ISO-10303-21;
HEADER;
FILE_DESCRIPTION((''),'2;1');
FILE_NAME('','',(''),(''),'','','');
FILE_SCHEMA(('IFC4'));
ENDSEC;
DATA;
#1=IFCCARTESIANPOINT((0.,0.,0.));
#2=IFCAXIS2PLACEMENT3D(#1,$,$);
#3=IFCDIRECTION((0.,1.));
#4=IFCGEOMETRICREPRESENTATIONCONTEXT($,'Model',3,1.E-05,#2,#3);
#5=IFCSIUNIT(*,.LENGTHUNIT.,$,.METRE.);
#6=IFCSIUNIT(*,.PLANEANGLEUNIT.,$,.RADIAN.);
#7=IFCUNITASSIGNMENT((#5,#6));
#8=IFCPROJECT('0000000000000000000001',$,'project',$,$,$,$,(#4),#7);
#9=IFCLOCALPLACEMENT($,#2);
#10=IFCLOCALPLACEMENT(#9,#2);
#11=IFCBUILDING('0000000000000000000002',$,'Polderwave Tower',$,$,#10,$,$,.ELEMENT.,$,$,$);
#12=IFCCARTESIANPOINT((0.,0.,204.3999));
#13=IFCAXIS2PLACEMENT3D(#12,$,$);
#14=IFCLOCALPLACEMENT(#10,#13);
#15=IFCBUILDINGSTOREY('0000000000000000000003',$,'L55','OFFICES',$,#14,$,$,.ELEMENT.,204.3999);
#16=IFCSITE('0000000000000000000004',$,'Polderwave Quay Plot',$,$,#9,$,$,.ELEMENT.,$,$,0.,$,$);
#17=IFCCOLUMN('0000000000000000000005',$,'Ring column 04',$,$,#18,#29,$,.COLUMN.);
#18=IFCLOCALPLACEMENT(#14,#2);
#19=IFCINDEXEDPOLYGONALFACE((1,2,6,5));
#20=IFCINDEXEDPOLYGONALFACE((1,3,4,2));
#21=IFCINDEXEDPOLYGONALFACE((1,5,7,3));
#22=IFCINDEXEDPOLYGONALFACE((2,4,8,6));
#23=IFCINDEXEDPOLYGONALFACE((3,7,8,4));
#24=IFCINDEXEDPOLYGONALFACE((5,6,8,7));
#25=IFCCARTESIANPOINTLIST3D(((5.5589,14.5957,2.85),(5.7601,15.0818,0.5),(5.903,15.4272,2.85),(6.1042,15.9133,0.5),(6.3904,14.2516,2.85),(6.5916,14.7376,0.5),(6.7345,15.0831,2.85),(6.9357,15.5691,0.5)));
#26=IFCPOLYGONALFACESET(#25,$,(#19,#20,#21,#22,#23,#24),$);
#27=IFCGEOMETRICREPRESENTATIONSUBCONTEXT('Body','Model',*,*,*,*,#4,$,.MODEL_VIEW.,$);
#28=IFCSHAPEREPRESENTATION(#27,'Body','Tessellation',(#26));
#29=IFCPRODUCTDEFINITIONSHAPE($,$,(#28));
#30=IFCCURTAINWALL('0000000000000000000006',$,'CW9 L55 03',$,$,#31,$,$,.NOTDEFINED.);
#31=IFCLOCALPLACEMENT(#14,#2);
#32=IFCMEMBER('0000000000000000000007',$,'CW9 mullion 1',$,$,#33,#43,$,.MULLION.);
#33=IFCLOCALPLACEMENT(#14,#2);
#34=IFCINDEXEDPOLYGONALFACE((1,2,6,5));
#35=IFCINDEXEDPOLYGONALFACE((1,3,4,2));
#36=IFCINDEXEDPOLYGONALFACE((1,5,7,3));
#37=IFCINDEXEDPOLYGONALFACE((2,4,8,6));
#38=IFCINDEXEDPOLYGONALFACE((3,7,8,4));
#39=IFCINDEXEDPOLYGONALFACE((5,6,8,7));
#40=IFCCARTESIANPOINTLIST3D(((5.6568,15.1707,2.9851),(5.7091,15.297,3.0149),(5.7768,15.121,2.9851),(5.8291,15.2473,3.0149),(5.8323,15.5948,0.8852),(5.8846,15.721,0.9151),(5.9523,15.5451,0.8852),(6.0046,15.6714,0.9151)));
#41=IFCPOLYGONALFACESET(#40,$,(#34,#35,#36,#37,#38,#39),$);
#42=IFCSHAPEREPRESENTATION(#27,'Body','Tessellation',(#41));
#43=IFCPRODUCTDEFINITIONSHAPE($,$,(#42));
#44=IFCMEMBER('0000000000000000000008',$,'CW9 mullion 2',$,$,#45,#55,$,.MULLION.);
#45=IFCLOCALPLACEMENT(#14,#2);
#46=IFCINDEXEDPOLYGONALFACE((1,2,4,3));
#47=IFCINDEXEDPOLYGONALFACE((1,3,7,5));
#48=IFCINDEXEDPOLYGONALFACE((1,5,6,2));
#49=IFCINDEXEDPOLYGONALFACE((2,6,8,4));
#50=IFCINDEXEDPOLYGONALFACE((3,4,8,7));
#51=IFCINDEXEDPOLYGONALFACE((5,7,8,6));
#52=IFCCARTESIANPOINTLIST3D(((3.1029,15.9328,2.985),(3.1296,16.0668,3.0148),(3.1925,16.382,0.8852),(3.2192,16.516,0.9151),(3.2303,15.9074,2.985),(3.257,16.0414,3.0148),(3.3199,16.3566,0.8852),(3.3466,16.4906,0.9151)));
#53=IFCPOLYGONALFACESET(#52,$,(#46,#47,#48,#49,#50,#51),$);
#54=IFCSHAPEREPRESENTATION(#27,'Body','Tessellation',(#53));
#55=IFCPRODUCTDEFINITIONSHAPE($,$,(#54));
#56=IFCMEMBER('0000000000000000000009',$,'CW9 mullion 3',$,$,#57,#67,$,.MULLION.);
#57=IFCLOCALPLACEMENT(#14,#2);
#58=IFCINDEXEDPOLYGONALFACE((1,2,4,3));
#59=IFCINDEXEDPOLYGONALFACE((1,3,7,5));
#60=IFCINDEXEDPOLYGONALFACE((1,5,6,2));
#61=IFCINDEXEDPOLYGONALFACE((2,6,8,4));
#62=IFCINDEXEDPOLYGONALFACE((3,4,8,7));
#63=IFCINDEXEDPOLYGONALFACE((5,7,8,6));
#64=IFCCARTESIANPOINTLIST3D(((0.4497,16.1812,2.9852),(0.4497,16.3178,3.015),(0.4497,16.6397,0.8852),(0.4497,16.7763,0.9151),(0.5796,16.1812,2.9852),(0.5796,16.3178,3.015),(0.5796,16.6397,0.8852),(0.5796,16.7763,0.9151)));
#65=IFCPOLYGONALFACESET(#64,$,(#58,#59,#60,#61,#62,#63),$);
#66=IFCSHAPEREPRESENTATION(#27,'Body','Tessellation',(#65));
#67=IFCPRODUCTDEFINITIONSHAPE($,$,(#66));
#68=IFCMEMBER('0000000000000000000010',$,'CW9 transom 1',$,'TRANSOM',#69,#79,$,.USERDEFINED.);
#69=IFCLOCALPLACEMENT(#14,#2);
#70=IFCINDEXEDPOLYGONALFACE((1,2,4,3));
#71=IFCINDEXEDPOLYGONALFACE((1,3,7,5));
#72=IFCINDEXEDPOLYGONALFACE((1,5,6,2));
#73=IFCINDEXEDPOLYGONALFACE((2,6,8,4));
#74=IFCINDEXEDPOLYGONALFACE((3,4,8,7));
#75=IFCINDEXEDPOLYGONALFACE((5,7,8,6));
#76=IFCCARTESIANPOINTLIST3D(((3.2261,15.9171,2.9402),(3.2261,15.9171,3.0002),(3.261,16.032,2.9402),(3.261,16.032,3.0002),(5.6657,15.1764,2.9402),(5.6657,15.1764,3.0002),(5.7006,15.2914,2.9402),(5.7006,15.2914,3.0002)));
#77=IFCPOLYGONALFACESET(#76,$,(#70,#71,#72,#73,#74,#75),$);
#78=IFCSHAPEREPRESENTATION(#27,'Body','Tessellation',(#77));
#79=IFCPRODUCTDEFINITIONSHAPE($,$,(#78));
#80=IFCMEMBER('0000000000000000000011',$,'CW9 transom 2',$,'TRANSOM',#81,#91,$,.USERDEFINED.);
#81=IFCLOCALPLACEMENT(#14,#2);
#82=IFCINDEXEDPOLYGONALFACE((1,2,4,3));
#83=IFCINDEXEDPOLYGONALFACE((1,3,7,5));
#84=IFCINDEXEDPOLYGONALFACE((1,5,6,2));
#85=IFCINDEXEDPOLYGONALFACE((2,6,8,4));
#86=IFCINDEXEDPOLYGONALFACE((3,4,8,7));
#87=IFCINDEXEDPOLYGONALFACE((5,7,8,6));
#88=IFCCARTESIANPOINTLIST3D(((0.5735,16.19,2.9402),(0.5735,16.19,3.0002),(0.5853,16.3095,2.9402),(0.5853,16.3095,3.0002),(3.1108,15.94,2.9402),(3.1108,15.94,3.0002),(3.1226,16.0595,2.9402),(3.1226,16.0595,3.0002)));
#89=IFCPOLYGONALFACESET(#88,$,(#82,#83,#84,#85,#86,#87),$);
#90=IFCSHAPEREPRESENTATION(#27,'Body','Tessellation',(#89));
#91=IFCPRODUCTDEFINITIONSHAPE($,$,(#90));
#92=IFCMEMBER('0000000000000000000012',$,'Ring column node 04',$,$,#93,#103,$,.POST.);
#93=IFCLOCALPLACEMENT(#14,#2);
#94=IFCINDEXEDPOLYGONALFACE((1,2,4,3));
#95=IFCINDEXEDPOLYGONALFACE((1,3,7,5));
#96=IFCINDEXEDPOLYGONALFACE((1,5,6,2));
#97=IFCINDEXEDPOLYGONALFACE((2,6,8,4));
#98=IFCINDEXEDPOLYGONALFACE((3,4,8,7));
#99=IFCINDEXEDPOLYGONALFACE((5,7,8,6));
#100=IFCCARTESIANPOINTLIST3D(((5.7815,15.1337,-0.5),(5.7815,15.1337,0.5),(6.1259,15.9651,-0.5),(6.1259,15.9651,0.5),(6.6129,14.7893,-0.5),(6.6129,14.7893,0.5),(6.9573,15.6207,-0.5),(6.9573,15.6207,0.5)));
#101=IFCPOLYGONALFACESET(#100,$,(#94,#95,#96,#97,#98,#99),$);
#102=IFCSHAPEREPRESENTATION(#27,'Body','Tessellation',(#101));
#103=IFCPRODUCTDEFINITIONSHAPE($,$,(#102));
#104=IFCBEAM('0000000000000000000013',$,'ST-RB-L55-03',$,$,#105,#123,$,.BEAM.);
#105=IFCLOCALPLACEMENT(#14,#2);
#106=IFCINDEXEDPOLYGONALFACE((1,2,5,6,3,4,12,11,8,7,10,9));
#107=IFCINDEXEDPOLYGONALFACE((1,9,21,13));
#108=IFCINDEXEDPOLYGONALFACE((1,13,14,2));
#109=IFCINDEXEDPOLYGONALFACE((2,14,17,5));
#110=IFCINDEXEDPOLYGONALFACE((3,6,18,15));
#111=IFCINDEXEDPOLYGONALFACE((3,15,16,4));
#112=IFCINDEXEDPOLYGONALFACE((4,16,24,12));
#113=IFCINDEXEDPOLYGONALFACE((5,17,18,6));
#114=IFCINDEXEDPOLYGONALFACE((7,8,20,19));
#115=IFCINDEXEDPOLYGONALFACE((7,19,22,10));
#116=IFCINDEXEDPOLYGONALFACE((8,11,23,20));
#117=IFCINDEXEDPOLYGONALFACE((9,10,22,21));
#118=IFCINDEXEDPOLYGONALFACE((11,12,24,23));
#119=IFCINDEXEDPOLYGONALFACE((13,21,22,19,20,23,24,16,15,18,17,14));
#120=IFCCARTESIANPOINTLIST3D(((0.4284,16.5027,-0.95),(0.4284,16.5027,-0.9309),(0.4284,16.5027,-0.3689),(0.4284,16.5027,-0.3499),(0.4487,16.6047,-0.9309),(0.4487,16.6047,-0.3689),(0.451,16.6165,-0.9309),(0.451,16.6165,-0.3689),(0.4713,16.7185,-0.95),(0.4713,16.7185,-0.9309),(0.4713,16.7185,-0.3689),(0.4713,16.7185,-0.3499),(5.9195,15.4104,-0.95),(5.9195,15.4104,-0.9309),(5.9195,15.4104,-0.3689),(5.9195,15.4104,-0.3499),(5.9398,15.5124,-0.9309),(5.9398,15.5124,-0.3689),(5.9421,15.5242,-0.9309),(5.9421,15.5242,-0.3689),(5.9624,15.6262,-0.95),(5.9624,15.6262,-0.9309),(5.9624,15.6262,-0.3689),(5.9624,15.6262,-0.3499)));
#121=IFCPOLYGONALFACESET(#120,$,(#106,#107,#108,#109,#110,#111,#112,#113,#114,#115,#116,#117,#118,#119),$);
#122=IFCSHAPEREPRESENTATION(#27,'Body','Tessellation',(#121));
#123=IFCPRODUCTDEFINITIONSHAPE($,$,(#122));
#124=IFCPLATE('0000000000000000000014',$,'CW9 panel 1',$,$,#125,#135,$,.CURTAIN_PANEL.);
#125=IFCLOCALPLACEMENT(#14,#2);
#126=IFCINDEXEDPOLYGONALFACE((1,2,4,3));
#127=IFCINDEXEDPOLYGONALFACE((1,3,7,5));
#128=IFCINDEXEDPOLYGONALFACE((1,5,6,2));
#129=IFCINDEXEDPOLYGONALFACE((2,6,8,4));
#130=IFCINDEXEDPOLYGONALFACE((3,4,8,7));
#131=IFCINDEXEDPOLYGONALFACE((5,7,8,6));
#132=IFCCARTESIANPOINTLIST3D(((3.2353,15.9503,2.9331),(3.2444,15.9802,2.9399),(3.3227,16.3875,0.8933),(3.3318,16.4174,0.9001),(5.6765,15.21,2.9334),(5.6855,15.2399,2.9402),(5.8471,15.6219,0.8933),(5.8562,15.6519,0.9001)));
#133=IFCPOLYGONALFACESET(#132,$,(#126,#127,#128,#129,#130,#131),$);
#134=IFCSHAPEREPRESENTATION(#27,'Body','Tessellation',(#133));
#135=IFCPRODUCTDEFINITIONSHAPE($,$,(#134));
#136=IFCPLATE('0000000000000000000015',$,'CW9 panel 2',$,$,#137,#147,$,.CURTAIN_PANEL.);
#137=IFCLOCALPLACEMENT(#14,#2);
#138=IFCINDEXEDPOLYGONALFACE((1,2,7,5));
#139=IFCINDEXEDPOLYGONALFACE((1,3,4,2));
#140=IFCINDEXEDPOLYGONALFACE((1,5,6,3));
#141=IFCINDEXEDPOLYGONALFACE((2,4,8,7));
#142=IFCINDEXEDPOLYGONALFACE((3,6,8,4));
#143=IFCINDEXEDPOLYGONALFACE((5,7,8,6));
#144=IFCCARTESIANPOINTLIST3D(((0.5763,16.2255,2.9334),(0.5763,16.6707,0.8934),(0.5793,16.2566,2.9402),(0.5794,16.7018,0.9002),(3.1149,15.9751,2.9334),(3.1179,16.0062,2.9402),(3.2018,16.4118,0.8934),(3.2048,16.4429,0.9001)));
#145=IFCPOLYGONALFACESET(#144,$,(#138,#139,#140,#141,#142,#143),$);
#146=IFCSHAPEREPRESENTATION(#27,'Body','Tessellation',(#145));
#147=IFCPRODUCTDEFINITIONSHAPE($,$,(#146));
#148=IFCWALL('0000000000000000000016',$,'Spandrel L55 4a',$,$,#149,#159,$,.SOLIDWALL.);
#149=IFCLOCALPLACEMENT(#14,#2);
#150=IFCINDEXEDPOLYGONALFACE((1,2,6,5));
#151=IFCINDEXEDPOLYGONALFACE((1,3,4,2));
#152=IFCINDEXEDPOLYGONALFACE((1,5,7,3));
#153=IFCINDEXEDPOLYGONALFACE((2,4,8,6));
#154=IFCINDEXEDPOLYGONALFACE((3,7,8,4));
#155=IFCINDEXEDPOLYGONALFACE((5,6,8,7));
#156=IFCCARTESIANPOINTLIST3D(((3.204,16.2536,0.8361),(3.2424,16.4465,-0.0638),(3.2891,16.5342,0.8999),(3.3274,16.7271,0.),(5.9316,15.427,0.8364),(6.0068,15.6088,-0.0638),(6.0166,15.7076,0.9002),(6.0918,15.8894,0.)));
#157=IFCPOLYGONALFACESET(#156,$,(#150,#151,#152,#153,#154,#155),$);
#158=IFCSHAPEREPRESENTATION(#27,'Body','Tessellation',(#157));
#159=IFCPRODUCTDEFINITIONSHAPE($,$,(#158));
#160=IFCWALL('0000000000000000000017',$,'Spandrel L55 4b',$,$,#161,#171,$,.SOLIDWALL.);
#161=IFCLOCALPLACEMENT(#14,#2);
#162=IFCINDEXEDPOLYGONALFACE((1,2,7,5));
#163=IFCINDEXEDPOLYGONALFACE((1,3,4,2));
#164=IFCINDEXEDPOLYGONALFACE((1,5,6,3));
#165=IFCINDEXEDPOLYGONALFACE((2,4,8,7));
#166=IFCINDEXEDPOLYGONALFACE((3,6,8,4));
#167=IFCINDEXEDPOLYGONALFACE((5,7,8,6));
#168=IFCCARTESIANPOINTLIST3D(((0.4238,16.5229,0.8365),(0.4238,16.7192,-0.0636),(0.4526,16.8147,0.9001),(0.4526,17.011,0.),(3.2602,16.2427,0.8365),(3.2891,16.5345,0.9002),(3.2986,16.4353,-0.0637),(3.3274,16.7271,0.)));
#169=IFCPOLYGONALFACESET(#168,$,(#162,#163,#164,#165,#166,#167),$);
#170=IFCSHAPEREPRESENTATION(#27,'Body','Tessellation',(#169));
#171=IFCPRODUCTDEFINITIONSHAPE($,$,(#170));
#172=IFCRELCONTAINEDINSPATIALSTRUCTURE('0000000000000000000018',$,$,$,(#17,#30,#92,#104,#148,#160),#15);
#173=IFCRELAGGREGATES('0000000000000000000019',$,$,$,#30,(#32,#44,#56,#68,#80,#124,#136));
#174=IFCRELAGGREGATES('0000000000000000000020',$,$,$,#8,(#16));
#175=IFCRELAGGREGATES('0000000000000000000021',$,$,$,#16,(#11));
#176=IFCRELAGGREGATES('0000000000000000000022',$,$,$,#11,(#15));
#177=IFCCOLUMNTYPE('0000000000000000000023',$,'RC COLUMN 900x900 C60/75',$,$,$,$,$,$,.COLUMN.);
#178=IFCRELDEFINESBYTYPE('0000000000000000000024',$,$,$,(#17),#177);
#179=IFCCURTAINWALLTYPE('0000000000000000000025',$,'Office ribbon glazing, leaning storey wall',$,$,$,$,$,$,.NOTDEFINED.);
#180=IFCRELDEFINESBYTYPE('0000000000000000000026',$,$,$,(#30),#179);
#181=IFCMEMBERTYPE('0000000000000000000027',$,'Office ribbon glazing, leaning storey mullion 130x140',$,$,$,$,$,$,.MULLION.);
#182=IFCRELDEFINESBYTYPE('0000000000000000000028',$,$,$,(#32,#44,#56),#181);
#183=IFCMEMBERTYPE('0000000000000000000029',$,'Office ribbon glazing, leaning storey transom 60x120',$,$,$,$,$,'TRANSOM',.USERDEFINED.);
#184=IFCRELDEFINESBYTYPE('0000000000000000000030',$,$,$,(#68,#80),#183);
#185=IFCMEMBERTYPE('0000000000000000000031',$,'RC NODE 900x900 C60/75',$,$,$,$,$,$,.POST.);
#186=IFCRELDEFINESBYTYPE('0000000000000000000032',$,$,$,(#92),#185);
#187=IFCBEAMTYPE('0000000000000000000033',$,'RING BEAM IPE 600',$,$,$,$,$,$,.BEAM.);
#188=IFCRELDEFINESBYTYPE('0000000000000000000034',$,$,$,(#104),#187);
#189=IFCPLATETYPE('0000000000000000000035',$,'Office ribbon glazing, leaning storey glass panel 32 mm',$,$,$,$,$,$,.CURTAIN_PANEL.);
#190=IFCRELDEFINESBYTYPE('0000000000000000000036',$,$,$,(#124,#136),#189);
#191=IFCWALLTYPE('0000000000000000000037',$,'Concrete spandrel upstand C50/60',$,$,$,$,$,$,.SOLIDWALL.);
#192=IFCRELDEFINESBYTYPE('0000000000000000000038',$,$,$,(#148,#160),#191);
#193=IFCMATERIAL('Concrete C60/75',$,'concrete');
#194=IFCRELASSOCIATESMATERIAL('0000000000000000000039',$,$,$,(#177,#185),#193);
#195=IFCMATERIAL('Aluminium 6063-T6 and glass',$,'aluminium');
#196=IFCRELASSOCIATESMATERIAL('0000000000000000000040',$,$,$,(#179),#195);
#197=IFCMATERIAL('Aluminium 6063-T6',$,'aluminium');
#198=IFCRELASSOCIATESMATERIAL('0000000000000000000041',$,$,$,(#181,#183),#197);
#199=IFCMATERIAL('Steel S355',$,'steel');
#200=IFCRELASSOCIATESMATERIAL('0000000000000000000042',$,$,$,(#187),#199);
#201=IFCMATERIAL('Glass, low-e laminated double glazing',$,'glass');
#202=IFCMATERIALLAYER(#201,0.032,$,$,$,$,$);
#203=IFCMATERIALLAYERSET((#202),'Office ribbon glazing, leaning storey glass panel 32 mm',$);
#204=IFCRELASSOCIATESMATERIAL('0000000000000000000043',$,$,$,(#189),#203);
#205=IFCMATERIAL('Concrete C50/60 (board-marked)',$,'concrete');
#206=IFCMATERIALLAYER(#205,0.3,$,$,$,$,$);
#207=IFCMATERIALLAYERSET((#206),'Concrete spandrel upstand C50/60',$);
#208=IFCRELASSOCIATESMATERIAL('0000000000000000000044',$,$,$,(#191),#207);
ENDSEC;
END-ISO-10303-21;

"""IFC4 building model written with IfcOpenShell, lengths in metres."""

from ifc_helpers import new_model, si_unit, direction, frame, origin, origin_2d, place, context, subcontext, project, spatial, polyline, rectangle, i_section, outline, extrude, material, layer, layer_set, material_profile, profile_set, type_object, element, aggregate, save


model = new_model("IFC4")

# Units and contexts
model_context = context("Model", 3, precision=1e-05, world=origin(), true_north=direction((0.0, 1.0)))
body_context = subcontext(model_context, "Body", "Model", "MODEL_VIEW")
ifc_project = project(units=[si_unit("LENGTHUNIT", "METRE"), si_unit("PLANEANGLEUNIT", "RADIAN")], contexts=[model_context])

# Site, building, storey
site_placement = place(None, origin())
site = spatial("IfcSite", under=ifc_project, at=site_placement, Name="Polderwave Quay Plot", CompositionType="ELEMENT", RefElevation=0.0)
building_placement = place(site_placement, origin())
building = spatial("IfcBuilding", under=site, at=building_placement, Name="Polderwave Tower", CompositionType="ELEMENT")
storey_placement = place(building_placement, frame((0.0, 0.0, 204.3999)))
storey = spatial("IfcBuildingStorey", under=building, at=storey_placement, Name="L55", Description="OFFICES", CompositionType="ELEMENT", Elevation=204.3999)

# Column
ifc_material_1 = material(Name="Concrete C60/75", Category="concrete")
ifc_material_profile_1 = material_profile(ifc_material_1, rectangle(XDim=0.8999, YDim=0.8999, at=origin_2d()), Name="RC 900x900")
ifc_profile_set_1 = profile_set([ifc_material_profile_1], Name="Concrete C60/75")
column_type = type_object("IfcColumnType", Name="RC COLUMN 900x900 C60/75", PredefinedType="COLUMN", material=ifc_profile_set_1)
column_placement = place(storey_placement, frame((6.3479, 15.3254, 0.5), z_axis=(0.0, 0.0, 1.0), x_axis=(0.923994, -0.382406, 0.0)))
element("IfcColumn", 1, at=column_placement, inside=storey, type_object=column_type, Name="Ring column 04", PredefinedType="COLUMN", context=body_context, shape_type="SweptSolid", body=[
    extrude(rectangle(XDim=0.8999, YDim=0.8999, at=origin_2d()), origin(), (0.0, -0.218443, 0.97585), 2.4082),
])

# Curtain wall, members
ifc_material_2 = material(Name="Aluminium 6063-T6 and glass", Category="aluminium")
curtain_wall_type = type_object("IfcCurtainWallType", Name="Office ribbon glazing, leaning storey wall", PredefinedType="NOTDEFINED", material=ifc_material_2)
curtain_wall_placement = place(storey_placement, origin())
curtain_wall = element("IfcCurtainWall", 2, at=curtain_wall_placement, inside=storey, type_object=curtain_wall_type, Name="CW9 L55 03", PredefinedType="NOTDEFINED")
ifc_material_3 = material(Name="Aluminium 6063-T6", Category="aluminium")
ifc_material_profile_2 = material_profile(ifc_material_3, rectangle(XDim=0.1299, YDim=0.1399, at=origin_2d()), Name="AL 130x140")
ifc_profile_set_2 = profile_set([ifc_material_profile_2], Name="Aluminium 6063-T6")
member_type_1 = type_object("IfcMemberType", Name="Office ribbon glazing, leaning storey mullion 130x140", PredefinedType="MULLION", material=ifc_profile_set_2)
member_1_placement = place(storey_placement, frame((5.9185, 15.6331, 0.9001), z_axis=(-0.081667, -0.197296, 0.976937), x_axis=(0.923971, -0.382461, 0.0)))
member_1 = element("IfcMember", 3, at=member_1_placement, type_object=member_type_1, Name="CW9 mullion 1", PredefinedType="MULLION", context=body_context, shape_type="SweptSolid", body=[
    extrude(rectangle(XDim=0.1299, YDim=0.1399, at=origin_2d()), origin(), (0.0, 0.0, 1.0), 2.1494),
])
member_2_placement = place(storey_placement, frame((3.2695, 16.4363, 0.9001), z_axis=(-0.041689, -0.209013, 0.977024), x_axis=(0.980683, -0.195604, 0.0)))
member_2 = element("IfcMember", 4, at=member_2_placement, type_object=member_type_1, Name="CW9 mullion 2", PredefinedType="MULLION", context=body_context, shape_type="SweptSolid", body=[
    extrude(rectangle(XDim=0.1299, YDim=0.1399, at=origin_2d()), origin(), (0.0, 0.0, 1.0), 2.1492),
])
member_3_placement = place(storey_placement, frame((0.5146, 16.708, 0.9001), z_axis=(0.0, -0.213321, 0.976982), x_axis=(1.0, 0.0, 0.0)))
member_3 = element("IfcMember", 5, at=member_3_placement, type_object=member_type_1, Name="CW9 mullion 3", PredefinedType="MULLION", context=body_context, shape_type="SweptSolid", body=[
    extrude(rectangle(XDim=0.1299, YDim=0.1399, at=origin_2d()), origin(), (0.0, 0.0, 1.0), 2.1494),
])
ifc_material_profile_3 = material_profile(ifc_material_3, rectangle(XDim=0.1201, YDim=0.0601, at=origin_2d()), Name="AL 60x120")
ifc_profile_set_3 = profile_set([ifc_material_profile_3], Name="Aluminium 6063-T6")
member_type_2 = type_object("IfcMemberType", Name="Office ribbon glazing, leaning storey transom 60x120", ElementType="TRANSOM", PredefinedType="USERDEFINED", material=ifc_profile_set_3)
member_4_placement = place(storey_placement, frame((5.6831, 15.2339, 2.9702), z_axis=(-0.95687, 0.290518, 0.0), x_axis=(-0.290518, -0.95687, 0.0)))
member_4 = element("IfcMember", 6, at=member_4_placement, type_object=member_type_2, Name="CW9 transom 1", ObjectType="TRANSOM", PredefinedType="USERDEFINED", context=body_context, shape_type="SweptSolid", body=[
    extrude(rectangle(XDim=0.1201, YDim=0.0601, at=origin_2d()), origin(), (0.0, 0.0, 1.0), 2.5496),
])
member_5_placement = place(storey_placement, frame((3.1167, 15.9998, 2.9702), z_axis=(-0.995181, 0.098053, 0.0), x_axis=(-0.098053, -0.995181, 0.0)))
member_5 = element("IfcMember", 7, at=member_5_placement, type_object=member_type_2, Name="CW9 transom 2", ObjectType="TRANSOM", PredefinedType="USERDEFINED", context=body_context, shape_type="SweptSolid", body=[
    extrude(rectangle(XDim=0.1201, YDim=0.0601, at=origin_2d()), origin(), (0.0, 0.0, 1.0), 2.5496),
])

# Member
ifc_material_profile_4 = material_profile(ifc_material_1, rectangle(XDim=0.8999, YDim=0.8999, at=origin_2d()), Name="RC 900x900")
ifc_profile_set_4 = profile_set([ifc_material_profile_4], Name="Concrete C60/75")
member_type_3 = type_object("IfcMemberType", Name="RC NODE 900x900 C60/75", PredefinedType="POST", material=ifc_profile_set_4)
member_6_placement = place(storey_placement, frame((6.3694, 15.3772, -0.5), z_axis=(0.0, 0.0, 1.0), x_axis=(0.382683, 0.92388, 0.0)))
element("IfcMember", 8, at=member_6_placement, inside=storey, type_object=member_type_3, Name="Ring column node 04", PredefinedType="POST", context=body_context, shape_type="SweptSolid", body=[
    extrude(rectangle(XDim=0.8999, YDim=0.8999, at=origin_2d()), origin(), (0.0, 0.0, 1.0), 1.0),
])

# Beam
ifc_material_4 = material(Name="Steel S355", Category="steel")
ifc_material_profile_5 = material_profile(ifc_material_4, i_section(OverallWidth=0.22, OverallDepth=0.6001, WebThickness=0.012, FlangeThickness=0.019, at=origin_2d()), Name="IPE 600")
ifc_profile_set_5 = profile_set([ifc_material_profile_5], Name="Steel S355")
beam_type = type_object("IfcBeamType", Name="RING BEAM IPE 600", PredefinedType="BEAM", material=ifc_profile_set_5)
beam_placement = place(storey_placement, frame((5.9409, 15.5183, -0.6499), z_axis=(-0.980783, 0.195101, 0.0), x_axis=(-0.195101, -0.980783, 0.0)))
element("IfcBeam", 9, at=beam_placement, inside=storey, type_object=beam_type, Name="ST-RB-L55-03", PredefinedType="BEAM", context=body_context, shape_type="SweptSolid", body=[
    extrude(i_section(OverallWidth=0.22, OverallDepth=0.6001, WebThickness=0.012, FlangeThickness=0.019, at=origin_2d()), origin(), (0.0, 0.0, 1.0), 5.5986),
])

# Plates
ifc_material_5 = material(Name="Glass, low-e laminated double glazing", Category="glass")
ifc_layer_1 = layer(ifc_material_5, 0.032)
ifc_layer_set_1 = layer_set([ifc_layer_1], Name="Office ribbon glazing, leaning storey glass panel 32 mm")
plate_type = type_object("IfcPlateType", Name="Office ribbon glazing, leaning storey glass panel 32 mm", PredefinedType="CURTAIN_PANEL", material=ifc_layer_set_1)
plate_1_placement = place(storey_placement, frame((5.8562, 15.6519, 0.9001), z_axis=(0.283567, 0.935099, 0.212555), x_axis=(-0.956966, 0.2902, -0.000008)))
plate_1 = element("IfcPlate", 10, at=plate_1_placement, type_object=plate_type, Name="CW9 panel 1", PredefinedType="CURTAIN_PANEL", context=body_context, shape_type="SweptSolid", body=[
    extrude(outline(polyline([(0.0, 0.0), (2.638, 0.0), (2.5947, 2.0875), (0.0438, 2.0877), (0.0, 0.0)])), origin(), (0.0, 0.0, -1.0), 0.032),
])
plate_2_placement = place(storey_placement, frame((3.2048, 16.4429, 0.9001), z_axis=(0.095908, 0.972502, 0.212232), x_axis=(-0.995173, 0.098141, 0.000011)))
plate_2 = element("IfcPlate", 11, at=plate_2_placement, type_object=plate_type, Name="CW9 panel 2", PredefinedType="CURTAIN_PANEL", context=body_context, shape_type="SweptSolid", body=[
    extrude(outline(polyline([(0.0, 0.0), (2.6382, 0.0), (2.5946, 2.0876), (0.0437, 2.0876), (0.0, 0.0)])), origin(), (0.0, 0.0, -1.0), 0.032),
])
aggregate(curtain_wall, [member_1, member_2, member_3, member_4, member_5, plate_1, plate_2])

# Walls
ifc_material_6 = material(Name="Concrete C50/60 (board-marked)", Category="concrete")
ifc_layer_2 = layer(ifc_material_6, 0.3)
ifc_layer_set_2 = layer_set([ifc_layer_2], Name="Concrete spandrel upstand C50/60")
wall_type_1 = type_object("IfcWallType", Name="Concrete spandrel upstand C50/60", PredefinedType="SOLIDWALL", material=ifc_layer_set_2)
wall_1_placement = place(storey_placement, frame((6.0918, 15.8894, 0.0), z_axis=(0.283384, 0.935152, 0.212564), x_axis=(-0.957023, 0.290011, 0.000004)))
element("IfcWall", 12, at=wall_1_placement, inside=storey, type_object=wall_type_1, Name="Spandrel L55 4a", PredefinedType="SOLIDWALL", context=body_context, shape_type="SweptSolid", body=[
    extrude(outline(polyline([(0.0, 0.0), (2.8885, 0.0), (2.8693, 0.9209), (0.0192, 0.9212), (0.0, 0.0)])), origin(), (0.0, 0.0, -1.0), 0.3),
])
wall_2_placement = place(storey_placement, frame((3.3274, 16.7271, 0.0), z_axis=(0.096074, 0.972506, 0.212135), x_axis=(-0.995156, 0.098311, 0.000004)))
element("IfcWall", 13, at=wall_2_placement, inside=storey, type_object=wall_type_1, Name="Spandrel L55 4b", PredefinedType="SOLIDWALL", context=body_context, shape_type="SweptSolid", body=[
    extrude(outline(polyline([(0.0, 0.0), (2.8887, 0.0), (2.8695, 0.9211), (0.0192, 0.9211), (0.0, 0.0)])), origin(), (0.0, 0.0, -1.0), 0.3),
])

save(model, "model.ifc")
